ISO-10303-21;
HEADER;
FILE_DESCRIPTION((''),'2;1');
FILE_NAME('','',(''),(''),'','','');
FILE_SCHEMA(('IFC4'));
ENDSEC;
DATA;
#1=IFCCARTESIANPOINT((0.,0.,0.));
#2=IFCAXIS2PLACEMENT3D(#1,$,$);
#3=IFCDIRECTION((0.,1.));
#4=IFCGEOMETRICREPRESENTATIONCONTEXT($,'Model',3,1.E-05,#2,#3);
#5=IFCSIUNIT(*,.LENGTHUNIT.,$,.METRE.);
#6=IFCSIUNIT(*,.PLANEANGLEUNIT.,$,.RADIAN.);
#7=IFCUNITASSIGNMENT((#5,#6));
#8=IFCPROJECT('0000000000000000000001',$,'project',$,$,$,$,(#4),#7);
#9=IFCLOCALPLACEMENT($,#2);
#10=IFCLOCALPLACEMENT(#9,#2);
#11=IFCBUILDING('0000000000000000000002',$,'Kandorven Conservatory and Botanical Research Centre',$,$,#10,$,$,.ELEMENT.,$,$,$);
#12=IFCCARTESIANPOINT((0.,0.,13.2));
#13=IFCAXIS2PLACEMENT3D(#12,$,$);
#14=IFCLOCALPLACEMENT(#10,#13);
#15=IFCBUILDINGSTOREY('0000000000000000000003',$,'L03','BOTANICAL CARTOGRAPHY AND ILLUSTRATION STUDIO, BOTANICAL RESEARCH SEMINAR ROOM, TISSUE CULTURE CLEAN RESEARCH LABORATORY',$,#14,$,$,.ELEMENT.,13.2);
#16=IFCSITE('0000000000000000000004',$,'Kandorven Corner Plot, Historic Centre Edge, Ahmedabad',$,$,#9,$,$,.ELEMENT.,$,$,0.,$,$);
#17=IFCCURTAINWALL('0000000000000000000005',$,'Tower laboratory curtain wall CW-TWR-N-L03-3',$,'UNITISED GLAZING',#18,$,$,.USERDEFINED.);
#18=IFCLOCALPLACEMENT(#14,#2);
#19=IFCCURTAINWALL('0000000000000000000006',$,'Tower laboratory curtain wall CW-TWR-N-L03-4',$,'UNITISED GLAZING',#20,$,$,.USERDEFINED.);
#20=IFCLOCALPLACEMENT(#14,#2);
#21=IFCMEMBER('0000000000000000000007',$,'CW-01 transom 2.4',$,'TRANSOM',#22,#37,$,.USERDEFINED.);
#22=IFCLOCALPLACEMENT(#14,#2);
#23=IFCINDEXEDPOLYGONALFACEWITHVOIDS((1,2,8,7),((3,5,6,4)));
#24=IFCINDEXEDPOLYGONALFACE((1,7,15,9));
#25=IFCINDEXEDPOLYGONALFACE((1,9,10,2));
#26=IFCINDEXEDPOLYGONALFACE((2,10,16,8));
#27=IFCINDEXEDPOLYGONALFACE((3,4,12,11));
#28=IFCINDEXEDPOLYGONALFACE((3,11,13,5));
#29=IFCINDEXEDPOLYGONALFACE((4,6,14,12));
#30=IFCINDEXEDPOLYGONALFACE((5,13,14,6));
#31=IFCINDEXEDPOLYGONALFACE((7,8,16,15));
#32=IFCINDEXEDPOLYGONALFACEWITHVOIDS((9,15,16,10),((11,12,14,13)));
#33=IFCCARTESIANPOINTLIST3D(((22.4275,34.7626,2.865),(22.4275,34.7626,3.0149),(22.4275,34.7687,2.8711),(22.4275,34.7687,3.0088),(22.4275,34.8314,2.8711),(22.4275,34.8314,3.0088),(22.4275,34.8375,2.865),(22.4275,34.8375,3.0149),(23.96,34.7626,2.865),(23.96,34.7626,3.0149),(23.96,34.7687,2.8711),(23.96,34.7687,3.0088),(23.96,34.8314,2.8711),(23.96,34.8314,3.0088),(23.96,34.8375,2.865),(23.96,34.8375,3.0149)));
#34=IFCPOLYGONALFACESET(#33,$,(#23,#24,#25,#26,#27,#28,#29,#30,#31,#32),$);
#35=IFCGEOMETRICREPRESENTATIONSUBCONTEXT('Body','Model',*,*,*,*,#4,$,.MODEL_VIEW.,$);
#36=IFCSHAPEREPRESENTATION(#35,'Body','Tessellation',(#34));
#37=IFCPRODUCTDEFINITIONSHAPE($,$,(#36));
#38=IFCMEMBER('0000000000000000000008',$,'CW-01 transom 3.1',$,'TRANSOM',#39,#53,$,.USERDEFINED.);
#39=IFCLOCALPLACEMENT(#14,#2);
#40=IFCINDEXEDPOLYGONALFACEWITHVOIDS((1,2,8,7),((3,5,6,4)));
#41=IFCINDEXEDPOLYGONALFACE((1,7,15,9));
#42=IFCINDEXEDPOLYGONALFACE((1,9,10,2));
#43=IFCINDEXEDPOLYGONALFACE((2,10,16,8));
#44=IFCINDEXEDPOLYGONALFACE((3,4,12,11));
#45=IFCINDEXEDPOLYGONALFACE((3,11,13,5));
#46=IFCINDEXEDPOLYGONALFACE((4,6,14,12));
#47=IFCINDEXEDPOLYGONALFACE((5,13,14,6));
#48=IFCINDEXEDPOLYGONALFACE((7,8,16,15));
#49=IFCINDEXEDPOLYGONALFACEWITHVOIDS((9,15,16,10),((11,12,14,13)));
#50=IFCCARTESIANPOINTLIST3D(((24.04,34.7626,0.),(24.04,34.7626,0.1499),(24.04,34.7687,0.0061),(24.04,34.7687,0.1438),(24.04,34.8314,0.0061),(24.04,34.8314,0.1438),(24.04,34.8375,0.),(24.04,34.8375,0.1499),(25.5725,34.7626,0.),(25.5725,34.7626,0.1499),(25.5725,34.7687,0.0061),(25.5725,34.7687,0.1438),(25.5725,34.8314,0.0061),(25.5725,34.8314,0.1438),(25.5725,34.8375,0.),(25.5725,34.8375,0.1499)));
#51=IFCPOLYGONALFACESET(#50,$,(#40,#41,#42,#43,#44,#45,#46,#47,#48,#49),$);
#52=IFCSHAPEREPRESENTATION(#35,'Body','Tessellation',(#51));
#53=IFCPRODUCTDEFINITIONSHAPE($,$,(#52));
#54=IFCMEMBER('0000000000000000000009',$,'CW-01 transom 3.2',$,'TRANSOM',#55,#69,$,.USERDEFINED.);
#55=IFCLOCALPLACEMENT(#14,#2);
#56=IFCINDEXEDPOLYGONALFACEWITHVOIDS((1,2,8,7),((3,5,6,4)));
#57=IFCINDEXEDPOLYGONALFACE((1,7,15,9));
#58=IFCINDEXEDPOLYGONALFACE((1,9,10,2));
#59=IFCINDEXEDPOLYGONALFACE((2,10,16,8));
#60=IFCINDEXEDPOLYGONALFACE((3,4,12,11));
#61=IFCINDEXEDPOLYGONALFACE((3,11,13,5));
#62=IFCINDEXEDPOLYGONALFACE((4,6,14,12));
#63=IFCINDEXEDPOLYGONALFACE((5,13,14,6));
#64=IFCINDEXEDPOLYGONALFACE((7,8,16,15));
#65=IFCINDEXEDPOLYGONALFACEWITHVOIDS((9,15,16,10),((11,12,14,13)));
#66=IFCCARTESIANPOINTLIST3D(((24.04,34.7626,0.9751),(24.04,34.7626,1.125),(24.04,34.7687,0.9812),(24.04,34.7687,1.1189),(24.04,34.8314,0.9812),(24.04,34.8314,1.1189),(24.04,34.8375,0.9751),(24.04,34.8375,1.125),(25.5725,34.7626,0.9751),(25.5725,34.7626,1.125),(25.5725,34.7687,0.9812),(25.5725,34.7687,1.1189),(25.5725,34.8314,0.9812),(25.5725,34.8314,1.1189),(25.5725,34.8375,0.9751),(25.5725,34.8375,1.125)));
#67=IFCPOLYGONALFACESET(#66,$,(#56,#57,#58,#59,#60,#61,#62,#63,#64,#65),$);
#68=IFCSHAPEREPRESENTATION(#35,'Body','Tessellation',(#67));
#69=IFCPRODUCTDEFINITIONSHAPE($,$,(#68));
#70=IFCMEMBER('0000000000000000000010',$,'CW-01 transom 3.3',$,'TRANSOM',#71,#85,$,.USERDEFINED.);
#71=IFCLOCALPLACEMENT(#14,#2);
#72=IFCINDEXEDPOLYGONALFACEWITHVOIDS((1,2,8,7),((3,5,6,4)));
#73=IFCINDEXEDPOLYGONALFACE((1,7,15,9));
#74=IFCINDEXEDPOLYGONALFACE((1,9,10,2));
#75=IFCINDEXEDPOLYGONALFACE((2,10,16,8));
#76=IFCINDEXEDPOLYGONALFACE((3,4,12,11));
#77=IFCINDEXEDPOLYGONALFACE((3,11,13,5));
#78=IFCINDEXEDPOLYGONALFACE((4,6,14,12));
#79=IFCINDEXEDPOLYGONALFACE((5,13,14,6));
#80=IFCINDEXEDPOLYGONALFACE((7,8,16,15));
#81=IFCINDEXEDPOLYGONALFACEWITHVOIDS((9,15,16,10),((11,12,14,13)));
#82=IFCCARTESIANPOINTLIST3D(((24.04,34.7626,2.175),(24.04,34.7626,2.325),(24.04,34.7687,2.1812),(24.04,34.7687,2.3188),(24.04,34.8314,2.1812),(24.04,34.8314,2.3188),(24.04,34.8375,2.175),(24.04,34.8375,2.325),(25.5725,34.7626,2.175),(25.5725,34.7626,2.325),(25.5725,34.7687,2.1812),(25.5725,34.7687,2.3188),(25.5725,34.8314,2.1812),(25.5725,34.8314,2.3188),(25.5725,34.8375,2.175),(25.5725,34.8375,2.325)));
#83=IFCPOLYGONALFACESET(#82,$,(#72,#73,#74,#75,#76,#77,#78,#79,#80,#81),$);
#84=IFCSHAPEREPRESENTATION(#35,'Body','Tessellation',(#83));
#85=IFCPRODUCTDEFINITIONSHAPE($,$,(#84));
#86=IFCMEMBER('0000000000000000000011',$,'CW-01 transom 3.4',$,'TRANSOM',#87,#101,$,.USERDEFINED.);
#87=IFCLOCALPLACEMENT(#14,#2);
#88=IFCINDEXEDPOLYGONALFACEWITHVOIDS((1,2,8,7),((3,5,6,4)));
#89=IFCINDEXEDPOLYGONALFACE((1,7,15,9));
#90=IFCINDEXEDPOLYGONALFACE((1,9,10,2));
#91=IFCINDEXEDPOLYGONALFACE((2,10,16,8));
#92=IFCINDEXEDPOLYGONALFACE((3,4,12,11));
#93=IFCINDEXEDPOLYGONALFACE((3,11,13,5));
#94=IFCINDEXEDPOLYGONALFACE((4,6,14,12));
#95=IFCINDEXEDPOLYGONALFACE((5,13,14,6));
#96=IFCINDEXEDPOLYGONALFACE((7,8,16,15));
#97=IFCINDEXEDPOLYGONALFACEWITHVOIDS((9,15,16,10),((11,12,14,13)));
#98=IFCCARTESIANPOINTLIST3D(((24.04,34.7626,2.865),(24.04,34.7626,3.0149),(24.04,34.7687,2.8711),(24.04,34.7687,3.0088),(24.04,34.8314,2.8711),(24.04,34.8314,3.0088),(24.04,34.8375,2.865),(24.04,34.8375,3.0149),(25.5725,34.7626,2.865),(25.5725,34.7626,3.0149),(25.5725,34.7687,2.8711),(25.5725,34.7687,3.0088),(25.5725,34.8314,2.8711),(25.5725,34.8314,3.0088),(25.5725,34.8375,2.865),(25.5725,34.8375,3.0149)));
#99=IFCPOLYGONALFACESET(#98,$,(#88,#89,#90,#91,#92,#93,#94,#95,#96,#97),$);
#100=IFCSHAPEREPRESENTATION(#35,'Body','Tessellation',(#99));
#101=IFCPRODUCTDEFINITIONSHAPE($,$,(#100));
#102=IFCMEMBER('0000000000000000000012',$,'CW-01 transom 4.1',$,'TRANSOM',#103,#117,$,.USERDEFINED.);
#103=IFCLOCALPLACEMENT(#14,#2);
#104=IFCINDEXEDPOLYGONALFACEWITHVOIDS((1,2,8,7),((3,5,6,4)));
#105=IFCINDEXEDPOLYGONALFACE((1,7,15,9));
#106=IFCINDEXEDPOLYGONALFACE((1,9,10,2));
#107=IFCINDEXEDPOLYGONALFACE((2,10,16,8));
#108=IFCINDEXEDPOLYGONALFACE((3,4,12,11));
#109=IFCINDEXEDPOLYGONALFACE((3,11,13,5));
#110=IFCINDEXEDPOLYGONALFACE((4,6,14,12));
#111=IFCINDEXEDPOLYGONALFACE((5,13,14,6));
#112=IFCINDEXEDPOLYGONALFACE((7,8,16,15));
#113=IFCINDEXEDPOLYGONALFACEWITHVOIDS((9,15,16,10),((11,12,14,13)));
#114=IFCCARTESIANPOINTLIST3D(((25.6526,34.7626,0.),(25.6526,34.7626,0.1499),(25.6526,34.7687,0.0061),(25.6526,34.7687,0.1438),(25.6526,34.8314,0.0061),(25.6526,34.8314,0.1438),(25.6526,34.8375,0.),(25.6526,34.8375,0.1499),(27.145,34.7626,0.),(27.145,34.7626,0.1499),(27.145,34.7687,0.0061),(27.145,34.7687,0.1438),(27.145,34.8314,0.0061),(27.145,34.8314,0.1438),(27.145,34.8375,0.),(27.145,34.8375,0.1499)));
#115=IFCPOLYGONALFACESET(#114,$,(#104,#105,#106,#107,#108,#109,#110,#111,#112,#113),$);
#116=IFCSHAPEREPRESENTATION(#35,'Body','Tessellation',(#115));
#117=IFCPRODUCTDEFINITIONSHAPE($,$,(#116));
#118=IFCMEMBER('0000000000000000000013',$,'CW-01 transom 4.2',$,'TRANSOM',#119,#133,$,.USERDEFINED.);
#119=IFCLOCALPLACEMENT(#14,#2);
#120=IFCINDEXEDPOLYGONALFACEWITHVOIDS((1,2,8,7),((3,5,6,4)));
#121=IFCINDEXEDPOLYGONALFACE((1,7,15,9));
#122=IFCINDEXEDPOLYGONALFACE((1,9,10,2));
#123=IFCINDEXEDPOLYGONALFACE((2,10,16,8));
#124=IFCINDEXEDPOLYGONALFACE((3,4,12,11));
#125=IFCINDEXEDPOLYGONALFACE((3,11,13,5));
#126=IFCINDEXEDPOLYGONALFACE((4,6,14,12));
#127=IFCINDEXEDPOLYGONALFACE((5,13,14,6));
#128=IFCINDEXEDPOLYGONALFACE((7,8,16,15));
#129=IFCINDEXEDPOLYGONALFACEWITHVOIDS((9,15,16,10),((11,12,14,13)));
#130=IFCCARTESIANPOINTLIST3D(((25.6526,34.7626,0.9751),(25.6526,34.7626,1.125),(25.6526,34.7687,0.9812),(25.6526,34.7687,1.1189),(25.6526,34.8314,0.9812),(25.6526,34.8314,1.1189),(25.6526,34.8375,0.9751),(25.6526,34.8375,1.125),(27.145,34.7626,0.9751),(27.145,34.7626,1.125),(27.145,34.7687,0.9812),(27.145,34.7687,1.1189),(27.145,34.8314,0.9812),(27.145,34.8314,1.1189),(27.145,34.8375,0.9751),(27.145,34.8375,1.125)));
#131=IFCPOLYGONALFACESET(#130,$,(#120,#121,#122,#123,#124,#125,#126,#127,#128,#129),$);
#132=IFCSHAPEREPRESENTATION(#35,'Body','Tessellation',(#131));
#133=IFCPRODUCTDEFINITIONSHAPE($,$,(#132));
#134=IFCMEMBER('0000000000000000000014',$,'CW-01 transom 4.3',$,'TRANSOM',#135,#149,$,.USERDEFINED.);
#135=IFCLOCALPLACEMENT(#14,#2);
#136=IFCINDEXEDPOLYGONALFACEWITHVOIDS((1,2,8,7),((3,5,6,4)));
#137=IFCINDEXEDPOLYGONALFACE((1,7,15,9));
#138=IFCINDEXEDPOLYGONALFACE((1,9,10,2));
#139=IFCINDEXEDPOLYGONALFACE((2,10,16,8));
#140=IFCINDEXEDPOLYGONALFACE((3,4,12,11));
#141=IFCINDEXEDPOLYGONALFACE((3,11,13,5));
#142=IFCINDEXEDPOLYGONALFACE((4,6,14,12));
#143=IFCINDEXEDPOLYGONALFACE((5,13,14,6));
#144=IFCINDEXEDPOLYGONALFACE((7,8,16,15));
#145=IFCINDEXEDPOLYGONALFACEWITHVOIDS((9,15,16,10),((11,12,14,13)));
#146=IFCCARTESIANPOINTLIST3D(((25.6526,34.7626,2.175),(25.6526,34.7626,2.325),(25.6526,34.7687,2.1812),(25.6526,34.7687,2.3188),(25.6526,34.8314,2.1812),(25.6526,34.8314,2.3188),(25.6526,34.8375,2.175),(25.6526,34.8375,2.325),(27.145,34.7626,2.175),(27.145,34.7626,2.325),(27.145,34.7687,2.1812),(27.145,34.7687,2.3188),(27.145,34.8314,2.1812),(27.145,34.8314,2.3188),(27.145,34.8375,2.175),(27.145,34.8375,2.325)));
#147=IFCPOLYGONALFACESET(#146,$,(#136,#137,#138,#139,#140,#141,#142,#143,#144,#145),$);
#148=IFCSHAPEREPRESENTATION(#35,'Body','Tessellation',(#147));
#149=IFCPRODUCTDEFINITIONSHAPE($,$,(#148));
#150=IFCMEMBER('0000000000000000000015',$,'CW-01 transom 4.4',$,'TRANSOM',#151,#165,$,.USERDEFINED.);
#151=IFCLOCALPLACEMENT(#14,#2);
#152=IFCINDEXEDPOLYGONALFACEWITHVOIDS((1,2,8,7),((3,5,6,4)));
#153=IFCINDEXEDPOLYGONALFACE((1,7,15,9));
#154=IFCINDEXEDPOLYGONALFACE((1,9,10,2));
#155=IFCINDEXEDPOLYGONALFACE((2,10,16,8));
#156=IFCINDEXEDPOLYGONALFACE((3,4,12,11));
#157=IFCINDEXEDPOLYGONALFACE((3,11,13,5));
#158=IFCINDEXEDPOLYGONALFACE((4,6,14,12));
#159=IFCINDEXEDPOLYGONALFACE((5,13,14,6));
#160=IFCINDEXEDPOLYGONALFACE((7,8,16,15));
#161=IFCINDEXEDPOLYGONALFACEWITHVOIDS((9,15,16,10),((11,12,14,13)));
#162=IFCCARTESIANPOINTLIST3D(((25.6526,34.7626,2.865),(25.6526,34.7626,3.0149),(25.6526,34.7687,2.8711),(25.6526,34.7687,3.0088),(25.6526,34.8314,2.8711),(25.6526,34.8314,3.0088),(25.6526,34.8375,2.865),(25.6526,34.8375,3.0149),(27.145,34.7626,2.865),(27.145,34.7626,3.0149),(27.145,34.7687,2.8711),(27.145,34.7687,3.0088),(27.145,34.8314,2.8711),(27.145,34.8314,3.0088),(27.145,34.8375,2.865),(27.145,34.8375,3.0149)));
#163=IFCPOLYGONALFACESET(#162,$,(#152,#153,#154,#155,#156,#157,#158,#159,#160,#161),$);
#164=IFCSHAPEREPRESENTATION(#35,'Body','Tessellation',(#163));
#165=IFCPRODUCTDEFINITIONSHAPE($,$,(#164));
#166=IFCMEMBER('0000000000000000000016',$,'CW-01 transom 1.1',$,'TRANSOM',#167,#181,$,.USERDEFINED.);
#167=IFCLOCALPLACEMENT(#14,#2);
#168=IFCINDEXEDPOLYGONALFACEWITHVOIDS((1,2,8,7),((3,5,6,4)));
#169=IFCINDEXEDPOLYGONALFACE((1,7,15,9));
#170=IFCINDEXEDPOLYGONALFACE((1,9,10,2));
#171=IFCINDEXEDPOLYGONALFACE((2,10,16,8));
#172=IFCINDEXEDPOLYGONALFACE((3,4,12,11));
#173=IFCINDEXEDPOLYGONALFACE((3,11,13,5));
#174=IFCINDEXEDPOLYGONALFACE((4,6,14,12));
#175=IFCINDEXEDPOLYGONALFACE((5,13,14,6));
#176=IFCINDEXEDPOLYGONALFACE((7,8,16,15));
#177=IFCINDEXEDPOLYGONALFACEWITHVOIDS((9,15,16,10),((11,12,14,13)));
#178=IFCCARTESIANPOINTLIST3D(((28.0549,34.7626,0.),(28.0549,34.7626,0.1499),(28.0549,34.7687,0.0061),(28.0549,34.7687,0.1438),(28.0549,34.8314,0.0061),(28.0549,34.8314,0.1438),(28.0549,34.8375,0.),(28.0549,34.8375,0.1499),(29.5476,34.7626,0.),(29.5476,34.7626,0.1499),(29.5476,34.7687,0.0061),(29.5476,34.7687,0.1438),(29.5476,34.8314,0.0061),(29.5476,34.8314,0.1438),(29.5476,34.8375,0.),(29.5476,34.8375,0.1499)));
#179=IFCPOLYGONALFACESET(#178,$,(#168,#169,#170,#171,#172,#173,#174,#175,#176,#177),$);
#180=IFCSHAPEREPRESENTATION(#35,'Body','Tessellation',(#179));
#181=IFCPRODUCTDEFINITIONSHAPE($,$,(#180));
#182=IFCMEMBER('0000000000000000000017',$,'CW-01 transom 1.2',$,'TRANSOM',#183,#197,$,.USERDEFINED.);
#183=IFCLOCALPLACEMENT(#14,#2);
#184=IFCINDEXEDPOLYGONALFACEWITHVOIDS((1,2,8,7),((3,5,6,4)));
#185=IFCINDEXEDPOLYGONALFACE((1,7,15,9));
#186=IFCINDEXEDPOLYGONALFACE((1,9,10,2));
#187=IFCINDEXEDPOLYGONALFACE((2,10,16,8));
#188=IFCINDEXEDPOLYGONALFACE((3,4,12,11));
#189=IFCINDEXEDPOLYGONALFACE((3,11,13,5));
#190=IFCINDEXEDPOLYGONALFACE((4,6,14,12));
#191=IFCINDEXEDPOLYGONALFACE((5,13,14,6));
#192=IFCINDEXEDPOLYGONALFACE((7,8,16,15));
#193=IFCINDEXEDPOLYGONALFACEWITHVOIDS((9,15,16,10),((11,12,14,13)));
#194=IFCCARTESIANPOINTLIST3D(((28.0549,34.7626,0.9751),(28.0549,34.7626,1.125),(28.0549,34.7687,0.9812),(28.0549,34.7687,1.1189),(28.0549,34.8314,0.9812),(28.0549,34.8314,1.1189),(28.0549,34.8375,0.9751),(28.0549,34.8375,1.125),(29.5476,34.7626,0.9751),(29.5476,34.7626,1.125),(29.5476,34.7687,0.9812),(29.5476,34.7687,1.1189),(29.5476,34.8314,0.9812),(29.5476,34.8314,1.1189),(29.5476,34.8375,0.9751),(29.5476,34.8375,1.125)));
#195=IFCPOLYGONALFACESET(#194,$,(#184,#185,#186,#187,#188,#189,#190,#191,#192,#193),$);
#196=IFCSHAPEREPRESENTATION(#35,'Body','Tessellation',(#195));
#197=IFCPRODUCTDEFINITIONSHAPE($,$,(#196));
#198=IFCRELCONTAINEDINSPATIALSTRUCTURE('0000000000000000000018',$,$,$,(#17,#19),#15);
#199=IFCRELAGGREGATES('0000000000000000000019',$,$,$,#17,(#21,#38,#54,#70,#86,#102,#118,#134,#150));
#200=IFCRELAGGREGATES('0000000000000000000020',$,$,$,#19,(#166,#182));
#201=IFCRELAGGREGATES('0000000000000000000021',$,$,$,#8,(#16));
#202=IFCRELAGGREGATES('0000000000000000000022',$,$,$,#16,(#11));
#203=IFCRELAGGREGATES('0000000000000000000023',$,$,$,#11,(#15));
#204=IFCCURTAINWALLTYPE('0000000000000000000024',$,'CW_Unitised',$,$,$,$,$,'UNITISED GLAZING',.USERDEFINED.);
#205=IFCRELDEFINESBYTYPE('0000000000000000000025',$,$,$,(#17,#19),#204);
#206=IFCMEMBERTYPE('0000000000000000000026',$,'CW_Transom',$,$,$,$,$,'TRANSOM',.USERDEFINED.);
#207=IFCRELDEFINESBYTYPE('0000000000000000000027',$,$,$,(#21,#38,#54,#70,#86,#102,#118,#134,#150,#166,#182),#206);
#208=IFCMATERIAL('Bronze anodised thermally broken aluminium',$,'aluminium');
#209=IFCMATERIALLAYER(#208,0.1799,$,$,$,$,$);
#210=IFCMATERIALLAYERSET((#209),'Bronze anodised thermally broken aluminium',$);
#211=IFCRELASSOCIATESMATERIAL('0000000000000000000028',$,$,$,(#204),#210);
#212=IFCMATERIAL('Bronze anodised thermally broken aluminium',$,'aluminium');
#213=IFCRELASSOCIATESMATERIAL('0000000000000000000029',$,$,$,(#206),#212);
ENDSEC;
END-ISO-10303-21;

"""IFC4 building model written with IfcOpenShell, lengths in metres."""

from ifc_helpers import new_model, si_unit, direction, frame, origin, origin_2d, place, context, subcontext, project, spatial, hollow_rectangle, extrude, material, layer, layer_set, material_profile, profile_set, type_object, element, aggregate, save


model = new_model("IFC4")

# Units and contexts
model_context = context("Model", 3, precision=1e-05, world=origin(), true_north=direction((0.0, 1.0)))
body_context = subcontext(model_context, "Body", "Model", "MODEL_VIEW")
ifc_project = project(units=[si_unit("LENGTHUNIT", "METRE"), si_unit("PLANEANGLEUNIT", "RADIAN")], contexts=[model_context])

# Site, building, storey
site_placement = place(None, origin())
site = spatial("IfcSite", under=ifc_project, at=site_placement, Name="Kandorven Corner Plot, Historic Centre Edge, Ahmedabad", CompositionType="ELEMENT", RefElevation=0.0)
building_placement = place(site_placement, origin())
building = spatial("IfcBuilding", under=site, at=building_placement, Name="Kandorven Conservatory and Botanical Research Centre", CompositionType="ELEMENT")
storey_placement = place(building_placement, frame((0.0, 0.0, 13.2)))
storey = spatial("IfcBuildingStorey", under=building, at=storey_placement, Name="L03", Description="BOTANICAL CARTOGRAPHY AND ILLUSTRATION STUDIO, BOTANICAL RESEARCH SEMINAR ROOM, TISSUE CULTURE CLEAN RESEARCH LABORATORY", CompositionType="ELEMENT", Elevation=13.2)

# Curtain wall
ifc_material_1 = material(Name="Bronze anodised thermally broken aluminium", Category="aluminium")
ifc_layer_1 = layer(ifc_material_1, 0.1799)
ifc_layer_set_1 = layer_set([ifc_layer_1], Name="Bronze anodised thermally broken aluminium")
curtain_wall_type = type_object("IfcCurtainWallType", Name="CW_Unitised", ElementType="UNITISED GLAZING", PredefinedType="USERDEFINED", material=ifc_layer_set_1)
curtain_wall_1_placement = place(storey_placement, origin())
curtain_wall_1 = element("IfcCurtainWall", 1, at=curtain_wall_1_placement, inside=storey, type_object=curtain_wall_type, Name="Tower laboratory curtain wall CW-TWR-N-L03-3", ObjectType="UNITISED GLAZING", PredefinedType="USERDEFINED")

# Curtain wall
curtain_wall_2_placement = place(storey_placement, origin())
curtain_wall_2 = element("IfcCurtainWall", 2, at=curtain_wall_2_placement, inside=storey, type_object=curtain_wall_type, Name="Tower laboratory curtain wall CW-TWR-N-L03-4", ObjectType="UNITISED GLAZING", PredefinedType="USERDEFINED")

# Members
ifc_material_2 = material(Name="Bronze anodised thermally broken aluminium", Category="aluminium")
ifc_material_profile_1 = material_profile(ifc_material_2, hollow_rectangle(XDim=0.075, YDim=0.1499, WallThickness=0.0061, at=origin_2d()))
ifc_profile_set_1 = profile_set([ifc_material_profile_1], Name="Bronze anodised thermally broken aluminium")
member_type_1 = type_object("IfcMemberType", Name="CW_Transom", ElementType="TRANSOM", PredefinedType="USERDEFINED", material=ifc_profile_set_1)
member_1_placement = place(storey_placement, frame((22.4275, 34.8, 2.9399), z_axis=(1.0, 0.0, 0.0), x_axis=(0.0, 1.0, 0.0)))
member_1 = element("IfcMember", 3, at=member_1_placement, type_object=member_type_1, Name="CW-01 transom 2.4", ObjectType="TRANSOM", PredefinedType="USERDEFINED", context=body_context, shape_type="SweptSolid", body=[
    extrude(hollow_rectangle(XDim=0.075, YDim=0.1499, WallThickness=0.0061, at=origin_2d()), origin(), (0.0, 0.0, 1.0), 1.5325),
])
member_2_placement = place(storey_placement, frame((24.04, 34.8, 0.075), z_axis=(1.0, 0.0, 0.0), x_axis=(0.0, 1.0, 0.0)))
member_2 = element("IfcMember", 4, at=member_2_placement, type_object=member_type_1, Name="CW-01 transom 3.1", ObjectType="TRANSOM", PredefinedType="USERDEFINED", context=body_context, shape_type="SweptSolid", body=[
    extrude(hollow_rectangle(XDim=0.075, YDim=0.1499, WallThickness=0.0061, at=origin_2d()), origin(), (0.0, 0.0, 1.0), 1.5325),
])
member_3_placement = place(storey_placement, frame((24.04, 34.8, 1.05), z_axis=(1.0, 0.0, 0.0), x_axis=(0.0, 1.0, 0.0)))
member_3 = element("IfcMember", 5, at=member_3_placement, type_object=member_type_1, Name="CW-01 transom 3.2", ObjectType="TRANSOM", PredefinedType="USERDEFINED", context=body_context, shape_type="SweptSolid", body=[
    extrude(hollow_rectangle(XDim=0.075, YDim=0.1499, WallThickness=0.0061, at=origin_2d()), origin(), (0.0, 0.0, 1.0), 1.5325),
])
member_4_placement = place(storey_placement, frame((24.04, 34.8, 2.25), z_axis=(1.0, 0.0, 0.0), x_axis=(0.0, 1.0, 0.0)))
member_4 = element("IfcMember", 6, at=member_4_placement, type_object=member_type_1, Name="CW-01 transom 3.3", ObjectType="TRANSOM", PredefinedType="USERDEFINED", context=body_context, shape_type="SweptSolid", body=[
    extrude(hollow_rectangle(XDim=0.075, YDim=0.1499, WallThickness=0.0061, at=origin_2d()), origin(), (0.0, 0.0, 1.0), 1.5325),
])
member_5_placement = place(storey_placement, frame((24.04, 34.8, 2.9399), z_axis=(1.0, 0.0, 0.0), x_axis=(0.0, 1.0, 0.0)))
member_5 = element("IfcMember", 7, at=member_5_placement, type_object=member_type_1, Name="CW-01 transom 3.4", ObjectType="TRANSOM", PredefinedType="USERDEFINED", context=body_context, shape_type="SweptSolid", body=[
    extrude(hollow_rectangle(XDim=0.075, YDim=0.1499, WallThickness=0.0061, at=origin_2d()), origin(), (0.0, 0.0, 1.0), 1.5325),
])
member_6_placement = place(storey_placement, frame((25.6526, 34.8, 0.075), z_axis=(1.0, 0.0, 0.0), x_axis=(0.0, 1.0, 0.0)))
member_6 = element("IfcMember", 8, at=member_6_placement, type_object=member_type_1, Name="CW-01 transom 4.1", ObjectType="TRANSOM", PredefinedType="USERDEFINED", context=body_context, shape_type="SweptSolid", body=[
    extrude(hollow_rectangle(XDim=0.075, YDim=0.1499, WallThickness=0.0061, at=origin_2d()), origin(), (0.0, 0.0, 1.0), 1.4924),
])
member_7_placement = place(storey_placement, frame((25.6526, 34.8, 1.05), z_axis=(1.0, 0.0, 0.0), x_axis=(0.0, 1.0, 0.0)))
member_7 = element("IfcMember", 9, at=member_7_placement, type_object=member_type_1, Name="CW-01 transom 4.2", ObjectType="TRANSOM", PredefinedType="USERDEFINED", context=body_context, shape_type="SweptSolid", body=[
    extrude(hollow_rectangle(XDim=0.075, YDim=0.1499, WallThickness=0.0061, at=origin_2d()), origin(), (0.0, 0.0, 1.0), 1.4924),
])
member_8_placement = place(storey_placement, frame((25.6526, 34.8, 2.25), z_axis=(1.0, 0.0, 0.0), x_axis=(0.0, 1.0, 0.0)))
member_8 = element("IfcMember", 10, at=member_8_placement, type_object=member_type_1, Name="CW-01 transom 4.3", ObjectType="TRANSOM", PredefinedType="USERDEFINED", context=body_context, shape_type="SweptSolid", body=[
    extrude(hollow_rectangle(XDim=0.075, YDim=0.1499, WallThickness=0.0061, at=origin_2d()), origin(), (0.0, 0.0, 1.0), 1.4924),
])
member_9_placement = place(storey_placement, frame((25.6526, 34.8, 2.9399), z_axis=(1.0, 0.0, 0.0), x_axis=(0.0, 1.0, 0.0)))
member_9 = element("IfcMember", 11, at=member_9_placement, type_object=member_type_1, Name="CW-01 transom 4.4", ObjectType="TRANSOM", PredefinedType="USERDEFINED", context=body_context, shape_type="SweptSolid", body=[
    extrude(hollow_rectangle(XDim=0.075, YDim=0.1499, WallThickness=0.0061, at=origin_2d()), origin(), (0.0, 0.0, 1.0), 1.4924),
])
member_10_placement = place(storey_placement, frame((28.0549, 34.8, 0.075), z_axis=(1.0, 0.0, 0.0), x_axis=(0.0, 1.0, 0.0)))
member_10 = element("IfcMember", 12, at=member_10_placement, type_object=member_type_1, Name="CW-01 transom 1.1", ObjectType="TRANSOM", PredefinedType="USERDEFINED", context=body_context, shape_type="SweptSolid", body=[
    extrude(hollow_rectangle(XDim=0.075, YDim=0.1499, WallThickness=0.0061, at=origin_2d()), origin(), (0.0, 0.0, 1.0), 1.4927),
])
member_11_placement = place(storey_placement, frame((28.0549, 34.8, 1.05), z_axis=(1.0, 0.0, 0.0), x_axis=(0.0, 1.0, 0.0)))
member_11 = element("IfcMember", 13, at=member_11_placement, type_object=member_type_1, Name="CW-01 transom 1.2", ObjectType="TRANSOM", PredefinedType="USERDEFINED", context=body_context, shape_type="SweptSolid", body=[
    extrude(hollow_rectangle(XDim=0.075, YDim=0.1499, WallThickness=0.0061, at=origin_2d()), origin(), (0.0, 0.0, 1.0), 1.4927),
])

aggregate(curtain_wall_1, [member_1, member_2, member_3, member_4, member_5, member_6, member_7, member_8, member_9])
aggregate(curtain_wall_2, [member_10, member_11])

save(model, "model.ifc")
